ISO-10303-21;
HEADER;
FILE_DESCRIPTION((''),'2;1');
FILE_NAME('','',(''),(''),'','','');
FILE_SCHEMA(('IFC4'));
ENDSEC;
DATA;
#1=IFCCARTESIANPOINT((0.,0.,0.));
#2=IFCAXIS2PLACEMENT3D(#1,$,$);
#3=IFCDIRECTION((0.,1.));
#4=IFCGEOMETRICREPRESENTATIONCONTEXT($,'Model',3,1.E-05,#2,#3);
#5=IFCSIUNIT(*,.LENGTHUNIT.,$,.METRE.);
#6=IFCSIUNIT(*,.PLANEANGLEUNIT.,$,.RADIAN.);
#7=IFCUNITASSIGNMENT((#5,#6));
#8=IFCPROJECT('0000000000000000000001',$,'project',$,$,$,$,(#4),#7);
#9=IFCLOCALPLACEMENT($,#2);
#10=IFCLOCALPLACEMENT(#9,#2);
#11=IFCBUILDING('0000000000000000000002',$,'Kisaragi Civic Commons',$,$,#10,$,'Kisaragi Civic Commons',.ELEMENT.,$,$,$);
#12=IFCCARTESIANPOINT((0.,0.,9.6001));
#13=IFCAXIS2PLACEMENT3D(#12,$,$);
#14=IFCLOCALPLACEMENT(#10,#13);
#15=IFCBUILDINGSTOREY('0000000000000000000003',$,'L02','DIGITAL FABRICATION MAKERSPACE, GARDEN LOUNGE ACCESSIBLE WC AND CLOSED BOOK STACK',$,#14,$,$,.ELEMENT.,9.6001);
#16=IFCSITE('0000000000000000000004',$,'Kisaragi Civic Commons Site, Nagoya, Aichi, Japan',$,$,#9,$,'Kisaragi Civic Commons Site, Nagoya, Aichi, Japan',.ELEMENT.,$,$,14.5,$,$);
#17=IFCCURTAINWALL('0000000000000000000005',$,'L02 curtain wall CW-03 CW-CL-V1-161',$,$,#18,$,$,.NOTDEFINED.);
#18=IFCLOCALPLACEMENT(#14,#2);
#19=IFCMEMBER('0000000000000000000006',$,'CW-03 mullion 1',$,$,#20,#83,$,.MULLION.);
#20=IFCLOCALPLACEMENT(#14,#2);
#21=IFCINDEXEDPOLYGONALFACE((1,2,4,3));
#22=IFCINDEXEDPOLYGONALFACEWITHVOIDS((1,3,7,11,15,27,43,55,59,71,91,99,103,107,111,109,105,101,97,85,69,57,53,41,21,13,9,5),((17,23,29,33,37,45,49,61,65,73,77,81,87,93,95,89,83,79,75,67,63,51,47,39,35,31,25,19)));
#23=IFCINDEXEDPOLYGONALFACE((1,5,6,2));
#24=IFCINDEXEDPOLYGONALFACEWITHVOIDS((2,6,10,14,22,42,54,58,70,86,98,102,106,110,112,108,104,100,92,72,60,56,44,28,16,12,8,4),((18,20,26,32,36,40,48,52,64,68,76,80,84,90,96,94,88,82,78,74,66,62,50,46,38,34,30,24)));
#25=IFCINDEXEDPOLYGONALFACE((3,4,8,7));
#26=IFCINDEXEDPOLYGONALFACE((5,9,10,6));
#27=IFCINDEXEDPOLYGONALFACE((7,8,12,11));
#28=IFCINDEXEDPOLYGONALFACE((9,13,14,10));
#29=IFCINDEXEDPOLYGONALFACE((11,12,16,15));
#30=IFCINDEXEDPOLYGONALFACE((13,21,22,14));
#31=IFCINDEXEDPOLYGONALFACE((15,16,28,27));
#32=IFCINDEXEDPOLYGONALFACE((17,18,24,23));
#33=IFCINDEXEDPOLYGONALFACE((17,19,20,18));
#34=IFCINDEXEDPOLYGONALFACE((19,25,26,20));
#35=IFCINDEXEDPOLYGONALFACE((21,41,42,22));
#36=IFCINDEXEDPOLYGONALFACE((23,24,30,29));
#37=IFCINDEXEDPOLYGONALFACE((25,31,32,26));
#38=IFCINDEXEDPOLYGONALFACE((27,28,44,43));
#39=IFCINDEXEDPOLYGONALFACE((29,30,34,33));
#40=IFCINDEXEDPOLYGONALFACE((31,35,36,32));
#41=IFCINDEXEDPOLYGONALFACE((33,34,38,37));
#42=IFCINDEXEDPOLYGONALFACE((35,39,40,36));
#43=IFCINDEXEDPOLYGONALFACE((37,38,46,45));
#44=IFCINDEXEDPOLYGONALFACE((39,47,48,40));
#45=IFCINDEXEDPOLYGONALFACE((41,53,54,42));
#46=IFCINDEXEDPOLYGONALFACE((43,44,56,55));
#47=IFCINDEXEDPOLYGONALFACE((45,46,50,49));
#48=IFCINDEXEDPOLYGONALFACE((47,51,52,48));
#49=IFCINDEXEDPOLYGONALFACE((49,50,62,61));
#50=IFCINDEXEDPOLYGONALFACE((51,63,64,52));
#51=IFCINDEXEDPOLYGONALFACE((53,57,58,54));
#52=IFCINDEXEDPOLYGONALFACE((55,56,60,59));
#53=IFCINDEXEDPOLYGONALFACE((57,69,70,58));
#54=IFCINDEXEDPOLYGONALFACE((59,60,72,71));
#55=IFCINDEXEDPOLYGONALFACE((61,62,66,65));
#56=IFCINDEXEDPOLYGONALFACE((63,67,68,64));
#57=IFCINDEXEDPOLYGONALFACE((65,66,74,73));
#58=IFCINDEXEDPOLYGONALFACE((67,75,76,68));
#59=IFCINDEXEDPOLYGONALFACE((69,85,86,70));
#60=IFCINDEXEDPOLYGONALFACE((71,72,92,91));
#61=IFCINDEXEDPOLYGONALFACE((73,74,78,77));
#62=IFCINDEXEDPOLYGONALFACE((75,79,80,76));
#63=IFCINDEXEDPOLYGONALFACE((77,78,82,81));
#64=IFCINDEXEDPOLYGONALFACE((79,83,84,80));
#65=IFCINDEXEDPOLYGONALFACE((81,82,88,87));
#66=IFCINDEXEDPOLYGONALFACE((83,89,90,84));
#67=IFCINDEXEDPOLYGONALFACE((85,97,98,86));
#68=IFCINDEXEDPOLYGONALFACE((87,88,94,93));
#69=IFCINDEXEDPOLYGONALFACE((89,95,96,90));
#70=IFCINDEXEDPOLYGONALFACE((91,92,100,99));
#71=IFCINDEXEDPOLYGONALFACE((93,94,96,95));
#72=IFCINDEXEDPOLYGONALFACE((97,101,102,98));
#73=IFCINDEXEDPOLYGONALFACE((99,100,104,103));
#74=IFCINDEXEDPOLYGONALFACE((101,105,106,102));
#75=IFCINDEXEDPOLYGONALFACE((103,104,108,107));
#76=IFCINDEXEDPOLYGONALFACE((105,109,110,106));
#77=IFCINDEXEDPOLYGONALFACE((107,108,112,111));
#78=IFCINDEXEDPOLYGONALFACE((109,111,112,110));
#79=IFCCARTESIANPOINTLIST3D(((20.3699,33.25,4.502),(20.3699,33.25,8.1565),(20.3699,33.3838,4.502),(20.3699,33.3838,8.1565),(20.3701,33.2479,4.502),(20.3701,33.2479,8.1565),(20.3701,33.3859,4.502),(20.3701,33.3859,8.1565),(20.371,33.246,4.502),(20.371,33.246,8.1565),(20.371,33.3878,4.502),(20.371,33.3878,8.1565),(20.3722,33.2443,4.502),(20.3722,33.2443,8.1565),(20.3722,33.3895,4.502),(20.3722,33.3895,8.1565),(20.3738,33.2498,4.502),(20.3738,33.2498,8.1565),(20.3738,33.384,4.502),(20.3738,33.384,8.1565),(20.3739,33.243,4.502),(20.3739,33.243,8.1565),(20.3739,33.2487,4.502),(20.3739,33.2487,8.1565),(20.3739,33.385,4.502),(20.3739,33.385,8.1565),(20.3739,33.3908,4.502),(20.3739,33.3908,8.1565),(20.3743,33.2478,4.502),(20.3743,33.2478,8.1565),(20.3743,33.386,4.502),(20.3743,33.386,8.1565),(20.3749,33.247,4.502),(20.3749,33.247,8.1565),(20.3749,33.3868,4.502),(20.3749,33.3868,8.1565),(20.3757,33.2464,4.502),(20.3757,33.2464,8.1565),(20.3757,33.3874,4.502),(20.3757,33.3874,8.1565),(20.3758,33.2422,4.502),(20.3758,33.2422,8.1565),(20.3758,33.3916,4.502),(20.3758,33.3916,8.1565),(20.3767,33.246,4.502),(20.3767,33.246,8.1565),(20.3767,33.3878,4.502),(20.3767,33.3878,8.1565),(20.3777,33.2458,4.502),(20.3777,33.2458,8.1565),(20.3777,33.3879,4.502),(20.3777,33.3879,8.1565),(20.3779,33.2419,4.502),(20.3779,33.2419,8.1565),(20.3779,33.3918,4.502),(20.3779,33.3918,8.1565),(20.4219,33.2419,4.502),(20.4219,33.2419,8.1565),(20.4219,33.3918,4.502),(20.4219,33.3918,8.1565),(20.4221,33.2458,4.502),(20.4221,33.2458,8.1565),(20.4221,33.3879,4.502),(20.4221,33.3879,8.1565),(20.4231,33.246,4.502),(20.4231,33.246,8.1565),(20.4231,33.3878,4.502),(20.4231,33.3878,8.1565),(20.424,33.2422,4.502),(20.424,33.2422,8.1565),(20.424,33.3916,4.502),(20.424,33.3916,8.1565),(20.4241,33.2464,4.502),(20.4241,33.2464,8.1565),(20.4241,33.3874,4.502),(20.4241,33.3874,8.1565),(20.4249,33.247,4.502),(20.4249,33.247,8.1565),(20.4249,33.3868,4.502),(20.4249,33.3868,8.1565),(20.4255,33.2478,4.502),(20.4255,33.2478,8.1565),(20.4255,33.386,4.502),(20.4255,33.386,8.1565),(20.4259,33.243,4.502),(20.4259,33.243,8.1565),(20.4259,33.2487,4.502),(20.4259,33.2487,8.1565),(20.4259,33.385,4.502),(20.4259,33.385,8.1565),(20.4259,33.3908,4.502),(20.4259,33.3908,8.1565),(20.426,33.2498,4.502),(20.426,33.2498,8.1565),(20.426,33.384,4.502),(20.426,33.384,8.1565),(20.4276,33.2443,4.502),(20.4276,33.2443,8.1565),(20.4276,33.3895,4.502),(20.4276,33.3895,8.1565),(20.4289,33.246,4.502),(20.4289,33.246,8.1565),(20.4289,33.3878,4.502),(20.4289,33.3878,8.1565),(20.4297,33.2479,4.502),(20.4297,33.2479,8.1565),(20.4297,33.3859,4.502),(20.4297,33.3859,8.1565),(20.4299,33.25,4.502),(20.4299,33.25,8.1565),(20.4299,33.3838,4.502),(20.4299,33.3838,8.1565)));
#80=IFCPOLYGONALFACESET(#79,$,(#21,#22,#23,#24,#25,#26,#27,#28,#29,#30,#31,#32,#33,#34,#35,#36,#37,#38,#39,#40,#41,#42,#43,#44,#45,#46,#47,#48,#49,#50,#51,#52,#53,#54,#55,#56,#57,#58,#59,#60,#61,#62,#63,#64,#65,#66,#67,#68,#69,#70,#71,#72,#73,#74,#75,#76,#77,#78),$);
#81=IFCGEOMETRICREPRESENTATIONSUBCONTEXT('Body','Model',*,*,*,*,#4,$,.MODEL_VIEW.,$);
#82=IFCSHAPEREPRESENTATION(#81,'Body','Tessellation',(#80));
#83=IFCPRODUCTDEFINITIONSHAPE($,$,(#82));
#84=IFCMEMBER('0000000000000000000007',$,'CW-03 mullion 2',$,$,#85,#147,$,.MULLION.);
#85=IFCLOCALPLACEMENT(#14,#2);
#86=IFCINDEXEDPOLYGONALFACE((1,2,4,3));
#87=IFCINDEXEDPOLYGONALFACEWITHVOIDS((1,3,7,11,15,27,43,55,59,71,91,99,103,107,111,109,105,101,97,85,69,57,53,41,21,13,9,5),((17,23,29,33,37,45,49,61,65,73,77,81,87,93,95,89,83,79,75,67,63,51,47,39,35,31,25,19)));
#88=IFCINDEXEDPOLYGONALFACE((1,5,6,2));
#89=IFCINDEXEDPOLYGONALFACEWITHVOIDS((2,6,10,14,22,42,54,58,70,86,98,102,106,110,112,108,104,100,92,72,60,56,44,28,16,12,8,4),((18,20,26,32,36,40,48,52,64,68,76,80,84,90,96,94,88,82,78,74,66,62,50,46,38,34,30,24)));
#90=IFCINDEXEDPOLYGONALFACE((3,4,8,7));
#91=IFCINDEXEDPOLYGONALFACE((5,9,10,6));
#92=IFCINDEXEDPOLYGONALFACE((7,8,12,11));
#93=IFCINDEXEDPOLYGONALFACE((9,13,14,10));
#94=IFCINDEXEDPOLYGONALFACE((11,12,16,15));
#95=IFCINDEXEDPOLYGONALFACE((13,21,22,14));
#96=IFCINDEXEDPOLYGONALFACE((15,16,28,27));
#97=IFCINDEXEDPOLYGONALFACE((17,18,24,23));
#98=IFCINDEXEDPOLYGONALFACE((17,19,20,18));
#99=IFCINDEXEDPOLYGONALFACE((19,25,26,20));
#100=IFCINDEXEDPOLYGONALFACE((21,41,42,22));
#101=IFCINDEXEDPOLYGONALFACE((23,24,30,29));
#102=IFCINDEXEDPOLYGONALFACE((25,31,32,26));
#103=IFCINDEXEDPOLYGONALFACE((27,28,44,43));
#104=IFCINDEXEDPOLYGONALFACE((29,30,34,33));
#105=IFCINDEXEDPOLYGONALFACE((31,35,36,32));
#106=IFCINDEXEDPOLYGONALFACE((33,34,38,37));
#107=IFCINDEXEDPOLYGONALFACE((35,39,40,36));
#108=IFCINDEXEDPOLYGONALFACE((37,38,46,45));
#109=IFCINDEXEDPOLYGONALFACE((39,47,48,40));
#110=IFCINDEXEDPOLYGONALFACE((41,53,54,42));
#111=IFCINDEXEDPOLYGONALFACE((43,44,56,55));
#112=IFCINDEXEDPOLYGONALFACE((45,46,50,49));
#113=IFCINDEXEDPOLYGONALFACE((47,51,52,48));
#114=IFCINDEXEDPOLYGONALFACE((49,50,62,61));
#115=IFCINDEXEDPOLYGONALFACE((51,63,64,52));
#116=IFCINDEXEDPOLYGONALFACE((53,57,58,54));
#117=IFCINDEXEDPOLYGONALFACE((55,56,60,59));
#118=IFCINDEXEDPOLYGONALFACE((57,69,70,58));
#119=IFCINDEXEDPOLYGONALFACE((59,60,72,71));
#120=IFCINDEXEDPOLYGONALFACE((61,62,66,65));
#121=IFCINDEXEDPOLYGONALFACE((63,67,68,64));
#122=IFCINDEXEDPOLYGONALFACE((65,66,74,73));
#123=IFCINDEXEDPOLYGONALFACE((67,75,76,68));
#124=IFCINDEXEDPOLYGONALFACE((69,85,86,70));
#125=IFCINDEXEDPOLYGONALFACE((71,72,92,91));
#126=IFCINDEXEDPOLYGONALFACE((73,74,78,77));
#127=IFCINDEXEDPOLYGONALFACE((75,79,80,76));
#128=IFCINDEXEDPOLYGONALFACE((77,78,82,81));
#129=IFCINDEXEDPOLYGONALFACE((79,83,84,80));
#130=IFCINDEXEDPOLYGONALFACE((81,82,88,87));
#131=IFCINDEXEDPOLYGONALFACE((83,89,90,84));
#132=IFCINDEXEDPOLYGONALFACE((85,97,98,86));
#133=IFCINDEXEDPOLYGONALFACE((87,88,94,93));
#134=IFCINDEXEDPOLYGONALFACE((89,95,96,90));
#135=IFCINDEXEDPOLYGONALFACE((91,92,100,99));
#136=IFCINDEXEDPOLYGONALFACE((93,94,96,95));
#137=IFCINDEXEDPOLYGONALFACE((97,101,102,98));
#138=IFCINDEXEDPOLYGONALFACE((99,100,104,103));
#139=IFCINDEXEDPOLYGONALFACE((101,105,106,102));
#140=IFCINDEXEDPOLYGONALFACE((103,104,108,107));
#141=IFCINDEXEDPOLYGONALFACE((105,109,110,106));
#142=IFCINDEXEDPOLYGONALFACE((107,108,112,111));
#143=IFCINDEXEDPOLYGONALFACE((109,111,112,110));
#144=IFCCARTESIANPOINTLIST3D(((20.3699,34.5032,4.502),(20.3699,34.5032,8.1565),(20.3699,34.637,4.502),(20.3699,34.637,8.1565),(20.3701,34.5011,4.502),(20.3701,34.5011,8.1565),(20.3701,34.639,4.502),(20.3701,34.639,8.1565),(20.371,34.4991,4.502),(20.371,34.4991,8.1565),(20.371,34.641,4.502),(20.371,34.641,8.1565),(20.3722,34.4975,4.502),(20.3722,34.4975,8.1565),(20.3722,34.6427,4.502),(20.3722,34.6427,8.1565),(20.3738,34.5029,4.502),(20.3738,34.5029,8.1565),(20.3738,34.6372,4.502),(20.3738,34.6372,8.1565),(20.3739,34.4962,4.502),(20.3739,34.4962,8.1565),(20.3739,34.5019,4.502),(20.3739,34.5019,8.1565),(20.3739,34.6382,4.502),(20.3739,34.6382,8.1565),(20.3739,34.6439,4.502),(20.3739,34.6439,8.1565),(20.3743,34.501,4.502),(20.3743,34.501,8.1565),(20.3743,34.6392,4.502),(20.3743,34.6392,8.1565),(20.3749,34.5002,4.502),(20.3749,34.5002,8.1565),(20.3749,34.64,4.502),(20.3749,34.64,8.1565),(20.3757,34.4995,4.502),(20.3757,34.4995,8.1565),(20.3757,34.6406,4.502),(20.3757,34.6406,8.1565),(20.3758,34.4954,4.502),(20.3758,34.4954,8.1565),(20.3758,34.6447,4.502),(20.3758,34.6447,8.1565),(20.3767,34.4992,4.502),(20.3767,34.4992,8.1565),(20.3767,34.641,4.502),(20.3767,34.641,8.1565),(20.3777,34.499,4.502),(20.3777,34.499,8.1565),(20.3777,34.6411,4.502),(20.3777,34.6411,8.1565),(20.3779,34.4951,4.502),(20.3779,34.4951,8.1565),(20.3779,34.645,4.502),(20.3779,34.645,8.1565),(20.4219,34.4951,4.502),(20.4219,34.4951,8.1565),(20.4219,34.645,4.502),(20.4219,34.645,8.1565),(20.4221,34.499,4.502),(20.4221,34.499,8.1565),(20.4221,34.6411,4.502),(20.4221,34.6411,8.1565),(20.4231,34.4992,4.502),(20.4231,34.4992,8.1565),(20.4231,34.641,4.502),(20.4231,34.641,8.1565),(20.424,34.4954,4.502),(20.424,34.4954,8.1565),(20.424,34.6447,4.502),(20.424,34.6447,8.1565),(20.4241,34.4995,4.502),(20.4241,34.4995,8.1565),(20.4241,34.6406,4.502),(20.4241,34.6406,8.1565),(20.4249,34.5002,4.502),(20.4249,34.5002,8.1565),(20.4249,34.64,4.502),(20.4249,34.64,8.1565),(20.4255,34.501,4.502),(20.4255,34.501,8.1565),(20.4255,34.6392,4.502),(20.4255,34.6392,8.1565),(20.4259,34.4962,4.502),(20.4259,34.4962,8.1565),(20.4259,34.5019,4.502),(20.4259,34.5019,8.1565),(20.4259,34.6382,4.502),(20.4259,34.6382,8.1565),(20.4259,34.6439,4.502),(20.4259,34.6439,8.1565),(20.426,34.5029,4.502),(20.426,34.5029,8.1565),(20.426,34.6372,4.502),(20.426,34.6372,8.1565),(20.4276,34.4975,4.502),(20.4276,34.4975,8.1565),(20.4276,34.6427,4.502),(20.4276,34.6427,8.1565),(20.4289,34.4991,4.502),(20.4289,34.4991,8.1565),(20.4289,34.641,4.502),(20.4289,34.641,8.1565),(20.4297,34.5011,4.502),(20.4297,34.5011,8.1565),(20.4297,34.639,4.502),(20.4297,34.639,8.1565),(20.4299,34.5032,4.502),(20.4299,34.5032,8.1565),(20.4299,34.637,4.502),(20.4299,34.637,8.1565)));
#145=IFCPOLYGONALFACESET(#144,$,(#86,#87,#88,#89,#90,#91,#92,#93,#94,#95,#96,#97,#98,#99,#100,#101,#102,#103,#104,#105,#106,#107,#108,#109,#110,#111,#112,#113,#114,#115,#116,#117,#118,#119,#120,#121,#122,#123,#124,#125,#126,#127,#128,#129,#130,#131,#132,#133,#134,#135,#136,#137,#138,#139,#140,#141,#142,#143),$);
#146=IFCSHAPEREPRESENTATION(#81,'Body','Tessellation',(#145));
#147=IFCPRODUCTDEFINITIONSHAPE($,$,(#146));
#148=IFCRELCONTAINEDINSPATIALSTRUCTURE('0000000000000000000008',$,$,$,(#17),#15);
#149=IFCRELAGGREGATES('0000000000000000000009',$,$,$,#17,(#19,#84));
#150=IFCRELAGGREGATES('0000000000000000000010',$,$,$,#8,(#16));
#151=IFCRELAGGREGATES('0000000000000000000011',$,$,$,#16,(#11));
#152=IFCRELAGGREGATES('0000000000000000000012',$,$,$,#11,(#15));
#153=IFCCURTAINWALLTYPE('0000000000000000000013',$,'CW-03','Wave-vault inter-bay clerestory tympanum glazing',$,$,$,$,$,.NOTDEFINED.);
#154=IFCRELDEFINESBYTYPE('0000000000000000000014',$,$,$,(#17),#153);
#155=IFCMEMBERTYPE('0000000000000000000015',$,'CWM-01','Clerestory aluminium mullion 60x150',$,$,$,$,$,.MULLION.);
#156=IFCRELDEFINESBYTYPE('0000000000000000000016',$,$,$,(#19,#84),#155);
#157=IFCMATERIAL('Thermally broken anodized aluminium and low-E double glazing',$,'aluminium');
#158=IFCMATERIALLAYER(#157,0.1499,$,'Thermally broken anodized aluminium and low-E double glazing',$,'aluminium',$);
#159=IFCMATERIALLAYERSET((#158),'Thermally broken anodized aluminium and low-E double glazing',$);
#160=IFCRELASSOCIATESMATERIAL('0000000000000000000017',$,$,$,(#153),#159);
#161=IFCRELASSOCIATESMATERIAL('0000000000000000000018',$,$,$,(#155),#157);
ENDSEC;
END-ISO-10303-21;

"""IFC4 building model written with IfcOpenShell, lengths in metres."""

from ifc_helpers import new_model, si_unit, direction, frame, origin, origin_2d, place, context, subcontext, project, spatial, hollow_rectangle, extrude, material, layer, layer_set, material_profile, profile_set, type_object, element, aggregate, save


model = new_model("IFC4")

# Units and contexts
model_context = context("Model", 3, precision=1e-05, world=origin(), true_north=direction((0.0, 1.0)))
body_context = subcontext(model_context, "Body", "Model", "MODEL_VIEW")
ifc_project = project(units=[si_unit("LENGTHUNIT", "METRE"), si_unit("PLANEANGLEUNIT", "RADIAN")], contexts=[model_context])

# Site, building, storey
site_placement = place(None, origin())
site = spatial("IfcSite", under=ifc_project, at=site_placement, Name="Kisaragi Civic Commons Site, Nagoya, Aichi, Japan", LongName="Kisaragi Civic Commons Site, Nagoya, Aichi, Japan", CompositionType="ELEMENT", RefElevation=14.5)
building_placement = place(site_placement, origin())
building = spatial("IfcBuilding", under=site, at=building_placement, Name="Kisaragi Civic Commons", LongName="Kisaragi Civic Commons", CompositionType="ELEMENT")
storey_placement = place(building_placement, frame((0.0, 0.0, 9.6001)))
storey = spatial("IfcBuildingStorey", under=building, at=storey_placement, Name="L02", Description="DIGITAL FABRICATION MAKERSPACE, GARDEN LOUNGE ACCESSIBLE WC AND CLOSED BOOK STACK", CompositionType="ELEMENT", Elevation=9.6001)

# Curtain wall, members
ifc_material_1 = material(Name="Thermally broken anodized aluminium and low-E double glazing", Category="aluminium")
ifc_layer_1 = layer(ifc_material_1, 0.1499, Name="Thermally broken anodized aluminium and low-E double glazing", Category="aluminium")
ifc_layer_set_1 = layer_set([ifc_layer_1], Name="Thermally broken anodized aluminium and low-E double glazing")
curtain_wall_type = type_object("IfcCurtainWallType", Name="CW-03", Description="Wave-vault inter-bay clerestory tympanum glazing", PredefinedType="NOTDEFINED", material=ifc_layer_set_1)
ifc_material_profile_1 = material_profile(ifc_material_1, hollow_rectangle(XDim=0.0601, YDim=0.1499, WallThickness=0.0039, InnerFilletRadius=0.0039, OuterFilletRadius=0.0081, at=origin_2d()), Name="CWM-60x150x4", Category="aluminium")
ifc_profile_set_1 = profile_set([ifc_material_profile_1], Name="Thermally broken anodized aluminium and low-E double glazing")
member_type_1 = type_object("IfcMemberType", Name="CWM-01", Description="Clerestory aluminium mullion 60x150", PredefinedType="MULLION", material=ifc_profile_set_1)
curtain_wall_1_placement = place(storey_placement, origin())
curtain_wall_1 = element("IfcCurtainWall", 1, at=curtain_wall_1_placement, inside=storey, type_object=curtain_wall_type, Name="L02 curtain wall CW-03 CW-CL-V1-161", PredefinedType="NOTDEFINED")
member_1_placement = place(storey_placement, frame((20.3999, 33.3169, 4.502), z_axis=(0.0, 0.0, 1.0), x_axis=(-1.0, 0.0, 0.0)))
member_1 = element("IfcMember", 2, at=member_1_placement, type_object=member_type_1, Name="CW-03 mullion 1", PredefinedType="MULLION", context=body_context, shape_type="SweptSolid", body=[
    extrude(hollow_rectangle(XDim=0.0601, YDim=0.1499, WallThickness=0.0039, InnerFilletRadius=0.0039, OuterFilletRadius=0.0081, at=origin_2d()), origin(), (0.0, 0.0, 1.0), 3.6545),
])
member_2_placement = place(storey_placement, frame((20.3999, 34.5701, 4.502), z_axis=(0.0, 0.0, 1.0), x_axis=(-1.0, 0.0, 0.0)))
member_2 = element("IfcMember", 3, at=member_2_placement, type_object=member_type_1, Name="CW-03 mullion 2", PredefinedType="MULLION", context=body_context, shape_type="SweptSolid", body=[
    extrude(hollow_rectangle(XDim=0.0601, YDim=0.1499, WallThickness=0.0039, InnerFilletRadius=0.0039, OuterFilletRadius=0.0081, at=origin_2d()), origin(), (0.0, 0.0, 1.0), 3.6545),
])

aggregate(curtain_wall_1, [member_1, member_2])

save(model, "model.ifc")
